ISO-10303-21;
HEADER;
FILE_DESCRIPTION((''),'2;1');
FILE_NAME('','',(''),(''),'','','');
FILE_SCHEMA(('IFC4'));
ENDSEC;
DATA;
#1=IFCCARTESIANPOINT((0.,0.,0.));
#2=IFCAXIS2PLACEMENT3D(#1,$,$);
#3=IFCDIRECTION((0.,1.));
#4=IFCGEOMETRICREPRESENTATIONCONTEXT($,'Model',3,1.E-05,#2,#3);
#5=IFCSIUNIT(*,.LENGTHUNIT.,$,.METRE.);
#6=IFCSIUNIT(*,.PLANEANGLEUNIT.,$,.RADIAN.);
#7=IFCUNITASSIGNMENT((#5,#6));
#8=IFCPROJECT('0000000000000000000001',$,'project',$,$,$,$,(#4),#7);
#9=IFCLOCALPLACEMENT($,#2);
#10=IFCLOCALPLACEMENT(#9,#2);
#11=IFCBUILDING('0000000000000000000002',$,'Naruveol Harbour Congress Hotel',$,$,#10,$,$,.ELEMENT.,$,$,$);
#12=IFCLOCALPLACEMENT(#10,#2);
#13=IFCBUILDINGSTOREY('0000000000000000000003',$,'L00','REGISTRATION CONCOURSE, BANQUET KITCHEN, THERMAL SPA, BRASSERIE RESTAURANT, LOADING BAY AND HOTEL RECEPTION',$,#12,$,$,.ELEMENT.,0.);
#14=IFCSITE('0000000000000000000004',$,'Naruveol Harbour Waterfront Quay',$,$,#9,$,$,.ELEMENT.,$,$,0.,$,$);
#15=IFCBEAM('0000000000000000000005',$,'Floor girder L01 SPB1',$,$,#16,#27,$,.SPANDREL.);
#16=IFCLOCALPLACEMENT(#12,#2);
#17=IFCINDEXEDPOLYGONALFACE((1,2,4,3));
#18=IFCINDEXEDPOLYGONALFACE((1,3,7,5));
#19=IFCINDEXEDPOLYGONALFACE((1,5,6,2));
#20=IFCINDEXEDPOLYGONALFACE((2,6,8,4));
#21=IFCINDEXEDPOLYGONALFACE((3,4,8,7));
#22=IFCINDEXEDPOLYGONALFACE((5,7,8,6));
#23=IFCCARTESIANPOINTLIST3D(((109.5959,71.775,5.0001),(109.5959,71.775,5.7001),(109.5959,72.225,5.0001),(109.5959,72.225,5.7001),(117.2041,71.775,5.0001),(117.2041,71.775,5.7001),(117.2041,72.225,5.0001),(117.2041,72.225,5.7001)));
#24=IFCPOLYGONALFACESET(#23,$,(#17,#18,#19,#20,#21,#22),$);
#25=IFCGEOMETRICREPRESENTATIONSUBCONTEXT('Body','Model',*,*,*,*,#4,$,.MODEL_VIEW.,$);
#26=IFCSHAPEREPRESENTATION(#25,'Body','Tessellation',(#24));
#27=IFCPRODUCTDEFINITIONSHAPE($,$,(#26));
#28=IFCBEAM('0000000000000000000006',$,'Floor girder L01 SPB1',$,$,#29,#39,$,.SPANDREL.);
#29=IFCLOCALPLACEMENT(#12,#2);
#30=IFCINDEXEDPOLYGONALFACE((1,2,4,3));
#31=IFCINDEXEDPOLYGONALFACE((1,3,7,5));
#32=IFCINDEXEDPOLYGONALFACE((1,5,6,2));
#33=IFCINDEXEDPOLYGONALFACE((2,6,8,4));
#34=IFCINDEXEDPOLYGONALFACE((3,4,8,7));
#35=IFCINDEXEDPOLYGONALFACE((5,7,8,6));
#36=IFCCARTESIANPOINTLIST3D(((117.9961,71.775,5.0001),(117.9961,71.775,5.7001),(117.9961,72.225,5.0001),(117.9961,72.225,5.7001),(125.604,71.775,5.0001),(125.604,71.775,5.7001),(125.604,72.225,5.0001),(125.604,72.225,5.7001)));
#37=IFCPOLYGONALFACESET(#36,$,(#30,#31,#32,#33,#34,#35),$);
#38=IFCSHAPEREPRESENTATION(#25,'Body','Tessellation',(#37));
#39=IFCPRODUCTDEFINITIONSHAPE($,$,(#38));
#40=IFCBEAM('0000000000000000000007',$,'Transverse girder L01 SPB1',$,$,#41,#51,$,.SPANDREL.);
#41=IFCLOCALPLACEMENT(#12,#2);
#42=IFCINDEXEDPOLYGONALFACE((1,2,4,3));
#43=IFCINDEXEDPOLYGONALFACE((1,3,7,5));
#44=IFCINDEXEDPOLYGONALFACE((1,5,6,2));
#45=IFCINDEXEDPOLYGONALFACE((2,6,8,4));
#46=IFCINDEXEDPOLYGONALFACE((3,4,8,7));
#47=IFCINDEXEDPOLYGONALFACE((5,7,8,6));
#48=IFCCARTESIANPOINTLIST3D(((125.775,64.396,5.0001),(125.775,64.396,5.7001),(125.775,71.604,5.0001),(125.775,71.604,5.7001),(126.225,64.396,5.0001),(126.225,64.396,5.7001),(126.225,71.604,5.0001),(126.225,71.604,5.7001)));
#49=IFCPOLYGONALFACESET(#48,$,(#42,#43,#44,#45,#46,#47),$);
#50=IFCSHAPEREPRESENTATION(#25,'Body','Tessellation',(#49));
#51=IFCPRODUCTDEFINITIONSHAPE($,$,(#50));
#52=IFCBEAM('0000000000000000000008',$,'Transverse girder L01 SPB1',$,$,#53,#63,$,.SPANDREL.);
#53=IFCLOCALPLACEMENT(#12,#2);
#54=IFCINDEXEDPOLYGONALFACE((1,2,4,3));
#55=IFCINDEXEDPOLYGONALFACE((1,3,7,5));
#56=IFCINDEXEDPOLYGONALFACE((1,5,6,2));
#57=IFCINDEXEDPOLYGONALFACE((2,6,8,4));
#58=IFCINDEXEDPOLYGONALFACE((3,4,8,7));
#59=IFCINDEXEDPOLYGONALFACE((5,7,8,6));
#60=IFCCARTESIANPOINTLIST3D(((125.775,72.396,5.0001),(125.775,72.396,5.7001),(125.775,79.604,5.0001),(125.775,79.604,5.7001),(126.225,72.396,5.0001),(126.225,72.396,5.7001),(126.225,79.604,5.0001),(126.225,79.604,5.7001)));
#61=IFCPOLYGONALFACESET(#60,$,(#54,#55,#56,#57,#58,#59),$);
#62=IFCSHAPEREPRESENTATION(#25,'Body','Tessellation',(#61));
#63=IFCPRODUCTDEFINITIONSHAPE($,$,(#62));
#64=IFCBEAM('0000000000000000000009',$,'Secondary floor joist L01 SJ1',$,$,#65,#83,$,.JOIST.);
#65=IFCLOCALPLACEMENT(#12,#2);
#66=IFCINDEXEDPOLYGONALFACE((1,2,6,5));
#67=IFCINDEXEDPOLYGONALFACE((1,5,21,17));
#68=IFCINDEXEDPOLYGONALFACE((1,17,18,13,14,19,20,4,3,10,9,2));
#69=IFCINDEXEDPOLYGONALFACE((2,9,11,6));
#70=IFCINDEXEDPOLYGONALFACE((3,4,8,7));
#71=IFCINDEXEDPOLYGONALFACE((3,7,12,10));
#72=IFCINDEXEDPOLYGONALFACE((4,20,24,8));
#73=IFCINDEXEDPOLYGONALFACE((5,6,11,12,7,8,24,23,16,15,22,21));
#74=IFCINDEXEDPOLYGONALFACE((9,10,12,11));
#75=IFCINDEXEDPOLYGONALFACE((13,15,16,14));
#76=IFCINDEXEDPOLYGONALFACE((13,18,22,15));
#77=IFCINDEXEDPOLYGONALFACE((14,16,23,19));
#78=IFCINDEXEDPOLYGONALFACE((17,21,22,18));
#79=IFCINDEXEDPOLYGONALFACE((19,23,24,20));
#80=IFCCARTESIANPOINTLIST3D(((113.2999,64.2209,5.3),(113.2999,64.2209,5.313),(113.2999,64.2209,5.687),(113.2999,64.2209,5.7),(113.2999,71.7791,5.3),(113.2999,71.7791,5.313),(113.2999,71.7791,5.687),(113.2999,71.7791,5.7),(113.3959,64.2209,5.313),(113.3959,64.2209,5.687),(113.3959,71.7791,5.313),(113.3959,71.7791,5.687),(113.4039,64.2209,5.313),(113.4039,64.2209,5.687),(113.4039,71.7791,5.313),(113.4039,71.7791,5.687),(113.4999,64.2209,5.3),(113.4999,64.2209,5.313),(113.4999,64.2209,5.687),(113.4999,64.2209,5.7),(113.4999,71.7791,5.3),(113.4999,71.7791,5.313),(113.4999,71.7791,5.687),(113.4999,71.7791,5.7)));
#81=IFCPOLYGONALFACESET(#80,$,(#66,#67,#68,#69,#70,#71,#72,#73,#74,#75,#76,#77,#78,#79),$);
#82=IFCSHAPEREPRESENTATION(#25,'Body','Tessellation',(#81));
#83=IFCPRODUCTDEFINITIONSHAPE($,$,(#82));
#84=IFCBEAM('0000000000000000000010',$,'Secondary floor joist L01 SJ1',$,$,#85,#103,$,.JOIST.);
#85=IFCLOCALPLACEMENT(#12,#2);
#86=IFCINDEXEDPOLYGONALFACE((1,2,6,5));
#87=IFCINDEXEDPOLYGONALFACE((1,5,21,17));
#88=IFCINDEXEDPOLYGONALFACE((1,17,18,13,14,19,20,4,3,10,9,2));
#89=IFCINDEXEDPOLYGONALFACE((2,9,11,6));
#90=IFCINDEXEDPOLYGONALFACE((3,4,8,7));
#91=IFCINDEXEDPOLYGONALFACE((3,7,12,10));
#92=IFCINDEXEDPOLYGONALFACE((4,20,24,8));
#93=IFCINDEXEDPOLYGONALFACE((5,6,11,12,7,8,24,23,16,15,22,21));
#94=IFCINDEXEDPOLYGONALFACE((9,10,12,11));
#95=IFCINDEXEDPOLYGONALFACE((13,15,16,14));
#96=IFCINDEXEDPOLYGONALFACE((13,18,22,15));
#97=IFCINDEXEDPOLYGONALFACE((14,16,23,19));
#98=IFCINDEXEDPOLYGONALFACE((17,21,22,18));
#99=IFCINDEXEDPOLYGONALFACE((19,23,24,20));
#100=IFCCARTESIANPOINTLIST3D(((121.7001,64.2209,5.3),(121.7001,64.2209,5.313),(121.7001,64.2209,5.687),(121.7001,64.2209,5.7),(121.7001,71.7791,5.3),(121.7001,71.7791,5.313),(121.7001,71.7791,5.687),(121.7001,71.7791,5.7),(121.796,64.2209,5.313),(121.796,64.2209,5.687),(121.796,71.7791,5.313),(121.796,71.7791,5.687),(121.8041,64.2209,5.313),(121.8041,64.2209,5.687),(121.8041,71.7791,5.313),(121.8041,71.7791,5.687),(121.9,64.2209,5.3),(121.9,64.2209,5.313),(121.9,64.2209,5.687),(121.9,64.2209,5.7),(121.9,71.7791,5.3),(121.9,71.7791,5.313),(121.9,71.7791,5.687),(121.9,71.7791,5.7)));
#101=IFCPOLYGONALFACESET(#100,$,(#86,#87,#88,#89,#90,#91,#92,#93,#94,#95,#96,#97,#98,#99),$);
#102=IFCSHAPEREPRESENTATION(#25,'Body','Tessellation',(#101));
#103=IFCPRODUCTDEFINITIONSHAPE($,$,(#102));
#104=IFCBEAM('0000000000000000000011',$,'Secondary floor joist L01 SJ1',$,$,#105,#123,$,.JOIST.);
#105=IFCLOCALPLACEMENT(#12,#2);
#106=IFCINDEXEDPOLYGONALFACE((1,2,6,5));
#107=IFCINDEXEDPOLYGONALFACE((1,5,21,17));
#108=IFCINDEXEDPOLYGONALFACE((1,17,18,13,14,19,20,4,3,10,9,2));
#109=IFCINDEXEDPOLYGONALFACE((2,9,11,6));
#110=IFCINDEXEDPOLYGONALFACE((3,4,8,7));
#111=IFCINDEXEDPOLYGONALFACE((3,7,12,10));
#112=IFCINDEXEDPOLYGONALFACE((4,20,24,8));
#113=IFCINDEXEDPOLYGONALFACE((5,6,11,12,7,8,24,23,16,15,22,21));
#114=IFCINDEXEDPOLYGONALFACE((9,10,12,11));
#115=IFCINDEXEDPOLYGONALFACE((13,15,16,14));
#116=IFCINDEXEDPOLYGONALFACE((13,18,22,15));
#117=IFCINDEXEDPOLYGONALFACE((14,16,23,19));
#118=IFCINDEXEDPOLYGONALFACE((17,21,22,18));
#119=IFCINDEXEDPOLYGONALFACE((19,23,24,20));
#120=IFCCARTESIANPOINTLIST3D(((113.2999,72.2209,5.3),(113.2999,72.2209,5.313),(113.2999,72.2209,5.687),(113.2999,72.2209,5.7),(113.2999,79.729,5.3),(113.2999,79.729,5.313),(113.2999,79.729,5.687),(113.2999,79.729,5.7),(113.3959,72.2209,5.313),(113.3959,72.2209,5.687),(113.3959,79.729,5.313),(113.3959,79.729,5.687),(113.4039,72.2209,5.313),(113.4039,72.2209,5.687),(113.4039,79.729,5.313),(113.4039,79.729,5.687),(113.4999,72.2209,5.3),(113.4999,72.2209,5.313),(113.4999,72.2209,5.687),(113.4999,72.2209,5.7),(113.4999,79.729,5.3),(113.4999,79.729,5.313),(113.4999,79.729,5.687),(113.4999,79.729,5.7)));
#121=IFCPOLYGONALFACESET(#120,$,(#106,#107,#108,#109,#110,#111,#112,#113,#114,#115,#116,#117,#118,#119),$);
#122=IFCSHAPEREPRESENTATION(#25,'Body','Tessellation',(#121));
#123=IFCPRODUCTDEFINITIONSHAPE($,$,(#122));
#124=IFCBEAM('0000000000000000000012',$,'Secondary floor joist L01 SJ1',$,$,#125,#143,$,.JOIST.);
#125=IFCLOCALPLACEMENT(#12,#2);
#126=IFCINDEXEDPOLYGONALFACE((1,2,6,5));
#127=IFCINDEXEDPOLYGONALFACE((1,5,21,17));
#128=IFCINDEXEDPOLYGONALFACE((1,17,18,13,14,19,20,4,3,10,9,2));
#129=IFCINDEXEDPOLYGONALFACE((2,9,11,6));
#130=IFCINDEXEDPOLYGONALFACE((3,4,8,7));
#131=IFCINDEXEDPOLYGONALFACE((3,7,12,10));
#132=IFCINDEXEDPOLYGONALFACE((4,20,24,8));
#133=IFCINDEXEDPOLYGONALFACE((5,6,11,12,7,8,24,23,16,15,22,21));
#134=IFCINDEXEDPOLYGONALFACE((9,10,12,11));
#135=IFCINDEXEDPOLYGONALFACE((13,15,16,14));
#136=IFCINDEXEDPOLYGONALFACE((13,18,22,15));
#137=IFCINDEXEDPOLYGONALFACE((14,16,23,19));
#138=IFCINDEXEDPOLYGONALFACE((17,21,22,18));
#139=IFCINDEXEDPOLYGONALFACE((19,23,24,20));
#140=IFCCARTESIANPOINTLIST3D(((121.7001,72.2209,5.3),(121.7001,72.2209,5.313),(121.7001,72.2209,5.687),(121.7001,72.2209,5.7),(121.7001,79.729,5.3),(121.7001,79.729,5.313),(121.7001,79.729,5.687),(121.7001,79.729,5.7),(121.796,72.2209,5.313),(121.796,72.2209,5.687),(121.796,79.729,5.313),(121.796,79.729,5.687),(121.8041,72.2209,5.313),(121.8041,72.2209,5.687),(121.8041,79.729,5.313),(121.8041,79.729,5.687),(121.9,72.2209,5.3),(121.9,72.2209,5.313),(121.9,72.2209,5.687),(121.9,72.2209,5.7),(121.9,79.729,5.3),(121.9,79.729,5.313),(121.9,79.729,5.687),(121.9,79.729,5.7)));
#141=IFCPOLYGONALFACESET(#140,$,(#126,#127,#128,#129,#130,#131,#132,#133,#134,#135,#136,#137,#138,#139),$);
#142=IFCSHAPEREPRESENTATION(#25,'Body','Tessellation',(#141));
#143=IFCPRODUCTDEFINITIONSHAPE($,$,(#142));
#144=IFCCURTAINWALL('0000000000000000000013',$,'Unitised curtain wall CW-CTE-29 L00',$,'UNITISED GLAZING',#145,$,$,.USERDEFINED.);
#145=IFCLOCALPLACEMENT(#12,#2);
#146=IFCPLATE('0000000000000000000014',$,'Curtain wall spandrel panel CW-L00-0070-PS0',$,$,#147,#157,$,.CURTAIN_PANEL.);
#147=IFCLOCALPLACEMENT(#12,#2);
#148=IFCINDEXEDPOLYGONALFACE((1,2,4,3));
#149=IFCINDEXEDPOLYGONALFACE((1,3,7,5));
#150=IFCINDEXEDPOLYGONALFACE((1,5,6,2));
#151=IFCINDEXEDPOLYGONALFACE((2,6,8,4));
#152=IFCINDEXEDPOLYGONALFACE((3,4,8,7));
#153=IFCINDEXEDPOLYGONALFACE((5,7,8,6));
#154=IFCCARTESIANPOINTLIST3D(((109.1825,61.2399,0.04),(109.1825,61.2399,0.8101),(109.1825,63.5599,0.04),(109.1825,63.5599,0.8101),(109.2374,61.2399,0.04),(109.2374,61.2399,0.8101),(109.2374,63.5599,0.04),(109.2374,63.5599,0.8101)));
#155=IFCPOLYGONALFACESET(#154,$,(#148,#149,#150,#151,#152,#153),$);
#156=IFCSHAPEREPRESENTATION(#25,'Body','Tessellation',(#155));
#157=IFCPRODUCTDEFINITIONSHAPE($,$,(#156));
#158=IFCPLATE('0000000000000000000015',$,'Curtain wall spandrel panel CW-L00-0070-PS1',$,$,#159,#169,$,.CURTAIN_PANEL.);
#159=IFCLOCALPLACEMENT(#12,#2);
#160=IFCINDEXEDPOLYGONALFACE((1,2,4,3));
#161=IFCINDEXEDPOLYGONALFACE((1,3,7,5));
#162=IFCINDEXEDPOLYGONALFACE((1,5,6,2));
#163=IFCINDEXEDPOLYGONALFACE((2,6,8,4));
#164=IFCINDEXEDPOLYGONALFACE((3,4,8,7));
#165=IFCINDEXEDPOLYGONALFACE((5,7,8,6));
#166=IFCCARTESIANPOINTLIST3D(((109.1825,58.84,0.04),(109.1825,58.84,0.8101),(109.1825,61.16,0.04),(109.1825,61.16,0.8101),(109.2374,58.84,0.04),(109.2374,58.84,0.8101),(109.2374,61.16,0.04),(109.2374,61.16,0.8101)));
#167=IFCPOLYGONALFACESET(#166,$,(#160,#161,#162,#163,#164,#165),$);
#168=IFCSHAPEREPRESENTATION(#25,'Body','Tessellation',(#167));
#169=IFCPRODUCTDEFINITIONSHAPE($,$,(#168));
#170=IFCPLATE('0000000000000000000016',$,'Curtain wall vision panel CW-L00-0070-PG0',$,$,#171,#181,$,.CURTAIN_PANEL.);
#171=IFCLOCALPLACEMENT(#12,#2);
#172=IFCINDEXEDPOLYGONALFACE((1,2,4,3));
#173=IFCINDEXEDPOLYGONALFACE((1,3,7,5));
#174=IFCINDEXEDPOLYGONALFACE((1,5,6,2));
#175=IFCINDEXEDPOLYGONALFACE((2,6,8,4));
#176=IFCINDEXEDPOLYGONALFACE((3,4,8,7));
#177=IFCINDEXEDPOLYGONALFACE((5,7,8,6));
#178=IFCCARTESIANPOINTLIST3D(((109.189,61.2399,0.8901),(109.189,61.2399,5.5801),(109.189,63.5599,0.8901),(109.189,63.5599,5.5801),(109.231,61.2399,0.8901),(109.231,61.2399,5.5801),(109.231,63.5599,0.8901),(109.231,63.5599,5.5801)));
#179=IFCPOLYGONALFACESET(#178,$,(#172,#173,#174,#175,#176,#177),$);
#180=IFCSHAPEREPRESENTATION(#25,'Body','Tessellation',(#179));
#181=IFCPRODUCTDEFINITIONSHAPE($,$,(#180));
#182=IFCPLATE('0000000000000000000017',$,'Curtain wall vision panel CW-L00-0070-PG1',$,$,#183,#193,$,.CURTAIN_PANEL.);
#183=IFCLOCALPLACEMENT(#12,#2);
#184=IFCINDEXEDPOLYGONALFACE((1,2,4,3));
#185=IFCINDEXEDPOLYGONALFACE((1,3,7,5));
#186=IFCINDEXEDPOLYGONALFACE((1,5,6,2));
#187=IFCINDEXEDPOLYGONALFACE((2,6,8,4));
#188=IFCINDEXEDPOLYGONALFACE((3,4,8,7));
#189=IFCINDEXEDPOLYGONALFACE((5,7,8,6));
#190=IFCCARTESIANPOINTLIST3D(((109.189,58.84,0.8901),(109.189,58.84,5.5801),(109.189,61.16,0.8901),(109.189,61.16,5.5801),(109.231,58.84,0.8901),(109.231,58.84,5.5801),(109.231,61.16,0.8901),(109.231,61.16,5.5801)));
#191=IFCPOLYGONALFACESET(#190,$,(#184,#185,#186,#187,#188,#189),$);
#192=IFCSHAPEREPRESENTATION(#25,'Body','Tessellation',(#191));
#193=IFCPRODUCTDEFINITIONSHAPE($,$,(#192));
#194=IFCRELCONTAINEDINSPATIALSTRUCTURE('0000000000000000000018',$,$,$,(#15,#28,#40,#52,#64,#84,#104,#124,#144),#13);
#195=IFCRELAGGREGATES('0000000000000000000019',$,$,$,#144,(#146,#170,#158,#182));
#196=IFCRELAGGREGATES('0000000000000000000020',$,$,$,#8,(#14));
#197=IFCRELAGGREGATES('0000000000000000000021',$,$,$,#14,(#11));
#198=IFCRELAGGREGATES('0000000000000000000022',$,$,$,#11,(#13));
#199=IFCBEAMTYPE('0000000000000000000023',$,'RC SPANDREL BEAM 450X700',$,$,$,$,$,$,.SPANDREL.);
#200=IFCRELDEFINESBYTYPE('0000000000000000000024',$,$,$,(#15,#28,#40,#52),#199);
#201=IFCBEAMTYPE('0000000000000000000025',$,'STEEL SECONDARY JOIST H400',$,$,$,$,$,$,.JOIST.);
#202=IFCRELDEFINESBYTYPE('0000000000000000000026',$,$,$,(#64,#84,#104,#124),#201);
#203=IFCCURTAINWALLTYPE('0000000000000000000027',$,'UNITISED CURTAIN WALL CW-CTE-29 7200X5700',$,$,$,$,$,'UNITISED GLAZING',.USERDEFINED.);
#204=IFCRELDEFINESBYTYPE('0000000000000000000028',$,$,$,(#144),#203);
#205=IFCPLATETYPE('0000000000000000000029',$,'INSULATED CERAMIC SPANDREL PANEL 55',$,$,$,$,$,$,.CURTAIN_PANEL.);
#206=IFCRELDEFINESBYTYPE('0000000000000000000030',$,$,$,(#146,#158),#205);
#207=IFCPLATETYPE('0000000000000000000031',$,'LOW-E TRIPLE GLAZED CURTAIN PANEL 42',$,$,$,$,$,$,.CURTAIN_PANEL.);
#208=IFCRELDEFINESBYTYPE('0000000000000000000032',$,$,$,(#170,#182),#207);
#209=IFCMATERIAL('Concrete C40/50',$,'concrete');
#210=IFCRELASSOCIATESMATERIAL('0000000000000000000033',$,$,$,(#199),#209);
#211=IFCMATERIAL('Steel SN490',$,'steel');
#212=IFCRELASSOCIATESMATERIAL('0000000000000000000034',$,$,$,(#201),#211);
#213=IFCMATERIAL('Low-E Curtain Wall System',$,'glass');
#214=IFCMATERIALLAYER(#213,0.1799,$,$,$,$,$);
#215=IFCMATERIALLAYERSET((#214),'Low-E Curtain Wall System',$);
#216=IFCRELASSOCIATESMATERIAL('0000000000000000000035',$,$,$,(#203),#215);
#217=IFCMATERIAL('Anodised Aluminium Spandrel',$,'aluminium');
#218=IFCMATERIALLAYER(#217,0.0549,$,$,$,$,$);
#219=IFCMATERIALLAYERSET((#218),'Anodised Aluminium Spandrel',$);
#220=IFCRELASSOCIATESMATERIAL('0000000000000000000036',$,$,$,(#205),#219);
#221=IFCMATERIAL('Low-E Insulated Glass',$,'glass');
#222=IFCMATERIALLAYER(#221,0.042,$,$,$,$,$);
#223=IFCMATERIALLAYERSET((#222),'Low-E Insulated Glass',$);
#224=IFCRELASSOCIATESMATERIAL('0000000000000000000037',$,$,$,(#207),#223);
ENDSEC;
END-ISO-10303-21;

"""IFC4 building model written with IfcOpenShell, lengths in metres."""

from ifc_helpers import new_model, si_unit, direction, frame, origin, origin_2d, place, context, subcontext, project, spatial, rectangle, i_section, extrude, material, layer, layer_set, material_profile, profile_set, type_object, element, aggregate, save


model = new_model("IFC4")

# Units and contexts
model_context = context("Model", 3, precision=1e-05, world=origin(), true_north=direction((0.0, 1.0)))
body_context = subcontext(model_context, "Body", "Model", "MODEL_VIEW")
ifc_project = project(units=[si_unit("LENGTHUNIT", "METRE"), si_unit("PLANEANGLEUNIT", "RADIAN")], contexts=[model_context])

# Site, building, storey
site_placement = place(None, origin())
site = spatial("IfcSite", under=ifc_project, at=site_placement, Name="Naruveol Harbour Waterfront Quay", CompositionType="ELEMENT", RefElevation=0.0)
building_placement = place(site_placement, origin())
building = spatial("IfcBuilding", under=site, at=building_placement, Name="Naruveol Harbour Congress Hotel", CompositionType="ELEMENT")
storey_placement = place(building_placement, origin())
storey = spatial("IfcBuildingStorey", under=building, at=storey_placement, Name="L00", Description="REGISTRATION CONCOURSE, BANQUET KITCHEN, THERMAL SPA, BRASSERIE RESTAURANT, LOADING BAY AND HOTEL RECEPTION", CompositionType="ELEMENT", Elevation=0.0)

# Beams
ifc_material_1 = material(Name="Concrete C40/50", Category="concrete")
ifc_material_profile_1 = material_profile(ifc_material_1, rectangle(XDim=0.45, YDim=0.7, at=origin_2d()), Name="RCB-450x700")
ifc_profile_set_1 = profile_set([ifc_material_profile_1], Name="Concrete C40/50")
beam_type_1 = type_object("IfcBeamType", Name="RC SPANDREL BEAM 450X700", PredefinedType="SPANDREL", material=ifc_profile_set_1)
beam_1_placement = place(storey_placement, frame((109.5959, 72.0, 5.3501), z_axis=(1.0, 0.0, 0.0), x_axis=(0.0, 1.0, 0.0)))
element("IfcBeam", 1, at=beam_1_placement, inside=storey, type_object=beam_type_1, Name="Floor girder L01 SPB1", PredefinedType="SPANDREL", context=body_context, shape_type="SweptSolid", body=[
    extrude(rectangle(XDim=0.45, YDim=0.7, at=origin_2d()), origin(), (0.0, 0.0, 1.0), 7.6082),
])
beam_2_placement = place(storey_placement, frame((117.9961, 72.0, 5.3501), z_axis=(1.0, 0.0, 0.0), x_axis=(0.0, 1.0, 0.0)))
element("IfcBeam", 2, at=beam_2_placement, inside=storey, type_object=beam_type_1, Name="Floor girder L01 SPB1", PredefinedType="SPANDREL", context=body_context, shape_type="SweptSolid", body=[
    extrude(rectangle(XDim=0.45, YDim=0.7, at=origin_2d()), origin(), (0.0, 0.0, 1.0), 7.6079),
])
for number, where, z_axis, x_axis, name in (
    (3, (126.0, 64.396, 5.3501), (0.0, 1.0, 0.0), (-1.0, 0.0, 0.0), "Transverse girder L01 SPB1"),
    (4, (126.0, 72.396, 5.3501), (0.0, 1.0, 0.0), (-1.0, 0.0, 0.0), "Transverse girder L01 SPB1"),
):
    element("IfcBeam", number, at=place(storey_placement, frame(where, z_axis=z_axis, x_axis=x_axis)), inside=storey, type_object=beam_type_1, Name=name, PredefinedType="SPANDREL", context=body_context, shape_type="SweptSolid", body=[
        extrude(rectangle(XDim=0.45, YDim=0.7, at=origin_2d()), origin(), (0.0, 0.0, 1.0), 7.208),
    ])
ifc_material_2 = material(Name="Steel SN490", Category="steel")
ifc_material_profile_2 = material_profile(ifc_material_2, i_section(OverallWidth=0.2, OverallDepth=0.3999, WebThickness=0.0081, FlangeThickness=0.0129, at=origin_2d()), Name="H-400x200x8x13")
ifc_profile_set_2 = profile_set([ifc_material_profile_2], Name="Steel SN490")
beam_type_2 = type_object("IfcBeamType", Name="STEEL SECONDARY JOIST H400", PredefinedType="JOIST", material=ifc_profile_set_2)
for number, where, z_axis, x_axis, name in (
    (5, (113.3999, 64.2209, 5.5), (0.0, 1.0, 0.0), (-1.0, 0.0, 0.0), "Secondary floor joist L01 SJ1"),
    (6, (121.8, 64.2209, 5.5), (0.0, 1.0, 0.0), (-1.0, 0.0, 0.0), "Secondary floor joist L01 SJ1"),
):
    element("IfcBeam", number, at=place(storey_placement, frame(where, z_axis=z_axis, x_axis=x_axis)), inside=storey, type_object=beam_type_2, Name=name, PredefinedType="JOIST", context=body_context, shape_type="SweptSolid", body=[
        extrude(i_section(OverallWidth=0.2, OverallDepth=0.3999, WebThickness=0.0081, FlangeThickness=0.0129, at=origin_2d()), origin(), (0.0, 0.0, 1.0), 7.5581),
    ])
for number, where, z_axis, x_axis, name in (
    (7, (113.3999, 72.2209, 5.5), (0.0, 1.0, 0.0), (-1.0, 0.0, 0.0), "Secondary floor joist L01 SJ1"),
    (8, (121.8, 72.2209, 5.5), (0.0, 1.0, 0.0), (-1.0, 0.0, 0.0), "Secondary floor joist L01 SJ1"),
):
    element("IfcBeam", number, at=place(storey_placement, frame(where, z_axis=z_axis, x_axis=x_axis)), inside=storey, type_object=beam_type_2, Name=name, PredefinedType="JOIST", context=body_context, shape_type="SweptSolid", body=[
        extrude(i_section(OverallWidth=0.2, OverallDepth=0.3999, WebThickness=0.0081, FlangeThickness=0.0129, at=origin_2d()), origin(), (0.0, 0.0, 1.0), 7.5081),
    ])

# Curtain wall, plates
ifc_material_3 = material(Name="Low-E Curtain Wall System", Category="glass")
ifc_layer_1 = layer(ifc_material_3, 0.1799)
ifc_layer_set_1 = layer_set([ifc_layer_1], Name="Low-E Curtain Wall System")
curtain_wall_type = type_object("IfcCurtainWallType", Name="UNITISED CURTAIN WALL CW-CTE-29 7200X5700", ElementType="UNITISED GLAZING", PredefinedType="USERDEFINED", material=ifc_layer_set_1)
curtain_wall_placement = place(storey_placement, origin())
curtain_wall = element("IfcCurtainWall", 9, at=curtain_wall_placement, inside=storey, type_object=curtain_wall_type, Name="Unitised curtain wall CW-CTE-29 L00", ObjectType="UNITISED GLAZING", PredefinedType="USERDEFINED")
ifc_material_4 = material(Name="Anodised Aluminium Spandrel", Category="aluminium")
ifc_layer_2 = layer(ifc_material_4, 0.0549)
ifc_layer_set_2 = layer_set([ifc_layer_2], Name="Anodised Aluminium Spandrel")
plate_type_1 = type_object("IfcPlateType", Name="INSULATED CERAMIC SPANDREL PANEL 55", PredefinedType="CURTAIN_PANEL", material=ifc_layer_set_2)
plate_1_placement = place(storey_placement, frame((109.21, 62.3999, 0.04), z_axis=(0.0, 0.0, 1.0), x_axis=(0.0, -1.0, 0.0)))
plate_1 = element("IfcPlate", 10, at=plate_1_placement, type_object=plate_type_1, Name="Curtain wall spandrel panel CW-L00-0070-PS0", PredefinedType="CURTAIN_PANEL", context=body_context, shape_type="SweptSolid", body=[
    extrude(rectangle(XDim=2.3201, YDim=0.0549, at=origin_2d()), origin(), (0.0, 0.0, 1.0), 0.77),
])
plate_2_placement = place(storey_placement, frame((109.21, 60.0, 0.04), z_axis=(0.0, 0.0, 1.0), x_axis=(0.0, -1.0, 0.0)))
plate_2 = element("IfcPlate", 11, at=plate_2_placement, type_object=plate_type_1, Name="Curtain wall spandrel panel CW-L00-0070-PS1", PredefinedType="CURTAIN_PANEL", context=body_context, shape_type="SweptSolid", body=[
    extrude(rectangle(XDim=2.3201, YDim=0.0549, at=origin_2d()), origin(), (0.0, 0.0, 1.0), 0.77),
])
ifc_material_5 = material(Name="Low-E Insulated Glass", Category="glass")
ifc_layer_3 = layer(ifc_material_5, 0.042)
ifc_layer_set_3 = layer_set([ifc_layer_3], Name="Low-E Insulated Glass")
plate_type_2 = type_object("IfcPlateType", Name="LOW-E TRIPLE GLAZED CURTAIN PANEL 42", PredefinedType="CURTAIN_PANEL", material=ifc_layer_set_3)
plate_3_placement = place(storey_placement, frame((109.21, 62.3999, 0.8901), z_axis=(0.0, 0.0, 1.0), x_axis=(0.0, -1.0, 0.0)))
plate_3 = element("IfcPlate", 12, at=plate_3_placement, type_object=plate_type_2, Name="Curtain wall vision panel CW-L00-0070-PG0", PredefinedType="CURTAIN_PANEL", context=body_context, shape_type="SweptSolid", body=[
    extrude(rectangle(XDim=2.3201, YDim=0.042, at=origin_2d()), origin(), (0.0, 0.0, 1.0), 4.6899),
])
plate_4_placement = place(storey_placement, frame((109.21, 60.0, 0.8901), z_axis=(0.0, 0.0, 1.0), x_axis=(0.0, -1.0, 0.0)))
plate_4 = element("IfcPlate", 13, at=plate_4_placement, type_object=plate_type_2, Name="Curtain wall vision panel CW-L00-0070-PG1", PredefinedType="CURTAIN_PANEL", context=body_context, shape_type="SweptSolid", body=[
    extrude(rectangle(XDim=2.3201, YDim=0.042, at=origin_2d()), origin(), (0.0, 0.0, 1.0), 4.6899),
])
aggregate(curtain_wall, [plate_1, plate_3, plate_2, plate_4])

save(model, "model.ifc")
